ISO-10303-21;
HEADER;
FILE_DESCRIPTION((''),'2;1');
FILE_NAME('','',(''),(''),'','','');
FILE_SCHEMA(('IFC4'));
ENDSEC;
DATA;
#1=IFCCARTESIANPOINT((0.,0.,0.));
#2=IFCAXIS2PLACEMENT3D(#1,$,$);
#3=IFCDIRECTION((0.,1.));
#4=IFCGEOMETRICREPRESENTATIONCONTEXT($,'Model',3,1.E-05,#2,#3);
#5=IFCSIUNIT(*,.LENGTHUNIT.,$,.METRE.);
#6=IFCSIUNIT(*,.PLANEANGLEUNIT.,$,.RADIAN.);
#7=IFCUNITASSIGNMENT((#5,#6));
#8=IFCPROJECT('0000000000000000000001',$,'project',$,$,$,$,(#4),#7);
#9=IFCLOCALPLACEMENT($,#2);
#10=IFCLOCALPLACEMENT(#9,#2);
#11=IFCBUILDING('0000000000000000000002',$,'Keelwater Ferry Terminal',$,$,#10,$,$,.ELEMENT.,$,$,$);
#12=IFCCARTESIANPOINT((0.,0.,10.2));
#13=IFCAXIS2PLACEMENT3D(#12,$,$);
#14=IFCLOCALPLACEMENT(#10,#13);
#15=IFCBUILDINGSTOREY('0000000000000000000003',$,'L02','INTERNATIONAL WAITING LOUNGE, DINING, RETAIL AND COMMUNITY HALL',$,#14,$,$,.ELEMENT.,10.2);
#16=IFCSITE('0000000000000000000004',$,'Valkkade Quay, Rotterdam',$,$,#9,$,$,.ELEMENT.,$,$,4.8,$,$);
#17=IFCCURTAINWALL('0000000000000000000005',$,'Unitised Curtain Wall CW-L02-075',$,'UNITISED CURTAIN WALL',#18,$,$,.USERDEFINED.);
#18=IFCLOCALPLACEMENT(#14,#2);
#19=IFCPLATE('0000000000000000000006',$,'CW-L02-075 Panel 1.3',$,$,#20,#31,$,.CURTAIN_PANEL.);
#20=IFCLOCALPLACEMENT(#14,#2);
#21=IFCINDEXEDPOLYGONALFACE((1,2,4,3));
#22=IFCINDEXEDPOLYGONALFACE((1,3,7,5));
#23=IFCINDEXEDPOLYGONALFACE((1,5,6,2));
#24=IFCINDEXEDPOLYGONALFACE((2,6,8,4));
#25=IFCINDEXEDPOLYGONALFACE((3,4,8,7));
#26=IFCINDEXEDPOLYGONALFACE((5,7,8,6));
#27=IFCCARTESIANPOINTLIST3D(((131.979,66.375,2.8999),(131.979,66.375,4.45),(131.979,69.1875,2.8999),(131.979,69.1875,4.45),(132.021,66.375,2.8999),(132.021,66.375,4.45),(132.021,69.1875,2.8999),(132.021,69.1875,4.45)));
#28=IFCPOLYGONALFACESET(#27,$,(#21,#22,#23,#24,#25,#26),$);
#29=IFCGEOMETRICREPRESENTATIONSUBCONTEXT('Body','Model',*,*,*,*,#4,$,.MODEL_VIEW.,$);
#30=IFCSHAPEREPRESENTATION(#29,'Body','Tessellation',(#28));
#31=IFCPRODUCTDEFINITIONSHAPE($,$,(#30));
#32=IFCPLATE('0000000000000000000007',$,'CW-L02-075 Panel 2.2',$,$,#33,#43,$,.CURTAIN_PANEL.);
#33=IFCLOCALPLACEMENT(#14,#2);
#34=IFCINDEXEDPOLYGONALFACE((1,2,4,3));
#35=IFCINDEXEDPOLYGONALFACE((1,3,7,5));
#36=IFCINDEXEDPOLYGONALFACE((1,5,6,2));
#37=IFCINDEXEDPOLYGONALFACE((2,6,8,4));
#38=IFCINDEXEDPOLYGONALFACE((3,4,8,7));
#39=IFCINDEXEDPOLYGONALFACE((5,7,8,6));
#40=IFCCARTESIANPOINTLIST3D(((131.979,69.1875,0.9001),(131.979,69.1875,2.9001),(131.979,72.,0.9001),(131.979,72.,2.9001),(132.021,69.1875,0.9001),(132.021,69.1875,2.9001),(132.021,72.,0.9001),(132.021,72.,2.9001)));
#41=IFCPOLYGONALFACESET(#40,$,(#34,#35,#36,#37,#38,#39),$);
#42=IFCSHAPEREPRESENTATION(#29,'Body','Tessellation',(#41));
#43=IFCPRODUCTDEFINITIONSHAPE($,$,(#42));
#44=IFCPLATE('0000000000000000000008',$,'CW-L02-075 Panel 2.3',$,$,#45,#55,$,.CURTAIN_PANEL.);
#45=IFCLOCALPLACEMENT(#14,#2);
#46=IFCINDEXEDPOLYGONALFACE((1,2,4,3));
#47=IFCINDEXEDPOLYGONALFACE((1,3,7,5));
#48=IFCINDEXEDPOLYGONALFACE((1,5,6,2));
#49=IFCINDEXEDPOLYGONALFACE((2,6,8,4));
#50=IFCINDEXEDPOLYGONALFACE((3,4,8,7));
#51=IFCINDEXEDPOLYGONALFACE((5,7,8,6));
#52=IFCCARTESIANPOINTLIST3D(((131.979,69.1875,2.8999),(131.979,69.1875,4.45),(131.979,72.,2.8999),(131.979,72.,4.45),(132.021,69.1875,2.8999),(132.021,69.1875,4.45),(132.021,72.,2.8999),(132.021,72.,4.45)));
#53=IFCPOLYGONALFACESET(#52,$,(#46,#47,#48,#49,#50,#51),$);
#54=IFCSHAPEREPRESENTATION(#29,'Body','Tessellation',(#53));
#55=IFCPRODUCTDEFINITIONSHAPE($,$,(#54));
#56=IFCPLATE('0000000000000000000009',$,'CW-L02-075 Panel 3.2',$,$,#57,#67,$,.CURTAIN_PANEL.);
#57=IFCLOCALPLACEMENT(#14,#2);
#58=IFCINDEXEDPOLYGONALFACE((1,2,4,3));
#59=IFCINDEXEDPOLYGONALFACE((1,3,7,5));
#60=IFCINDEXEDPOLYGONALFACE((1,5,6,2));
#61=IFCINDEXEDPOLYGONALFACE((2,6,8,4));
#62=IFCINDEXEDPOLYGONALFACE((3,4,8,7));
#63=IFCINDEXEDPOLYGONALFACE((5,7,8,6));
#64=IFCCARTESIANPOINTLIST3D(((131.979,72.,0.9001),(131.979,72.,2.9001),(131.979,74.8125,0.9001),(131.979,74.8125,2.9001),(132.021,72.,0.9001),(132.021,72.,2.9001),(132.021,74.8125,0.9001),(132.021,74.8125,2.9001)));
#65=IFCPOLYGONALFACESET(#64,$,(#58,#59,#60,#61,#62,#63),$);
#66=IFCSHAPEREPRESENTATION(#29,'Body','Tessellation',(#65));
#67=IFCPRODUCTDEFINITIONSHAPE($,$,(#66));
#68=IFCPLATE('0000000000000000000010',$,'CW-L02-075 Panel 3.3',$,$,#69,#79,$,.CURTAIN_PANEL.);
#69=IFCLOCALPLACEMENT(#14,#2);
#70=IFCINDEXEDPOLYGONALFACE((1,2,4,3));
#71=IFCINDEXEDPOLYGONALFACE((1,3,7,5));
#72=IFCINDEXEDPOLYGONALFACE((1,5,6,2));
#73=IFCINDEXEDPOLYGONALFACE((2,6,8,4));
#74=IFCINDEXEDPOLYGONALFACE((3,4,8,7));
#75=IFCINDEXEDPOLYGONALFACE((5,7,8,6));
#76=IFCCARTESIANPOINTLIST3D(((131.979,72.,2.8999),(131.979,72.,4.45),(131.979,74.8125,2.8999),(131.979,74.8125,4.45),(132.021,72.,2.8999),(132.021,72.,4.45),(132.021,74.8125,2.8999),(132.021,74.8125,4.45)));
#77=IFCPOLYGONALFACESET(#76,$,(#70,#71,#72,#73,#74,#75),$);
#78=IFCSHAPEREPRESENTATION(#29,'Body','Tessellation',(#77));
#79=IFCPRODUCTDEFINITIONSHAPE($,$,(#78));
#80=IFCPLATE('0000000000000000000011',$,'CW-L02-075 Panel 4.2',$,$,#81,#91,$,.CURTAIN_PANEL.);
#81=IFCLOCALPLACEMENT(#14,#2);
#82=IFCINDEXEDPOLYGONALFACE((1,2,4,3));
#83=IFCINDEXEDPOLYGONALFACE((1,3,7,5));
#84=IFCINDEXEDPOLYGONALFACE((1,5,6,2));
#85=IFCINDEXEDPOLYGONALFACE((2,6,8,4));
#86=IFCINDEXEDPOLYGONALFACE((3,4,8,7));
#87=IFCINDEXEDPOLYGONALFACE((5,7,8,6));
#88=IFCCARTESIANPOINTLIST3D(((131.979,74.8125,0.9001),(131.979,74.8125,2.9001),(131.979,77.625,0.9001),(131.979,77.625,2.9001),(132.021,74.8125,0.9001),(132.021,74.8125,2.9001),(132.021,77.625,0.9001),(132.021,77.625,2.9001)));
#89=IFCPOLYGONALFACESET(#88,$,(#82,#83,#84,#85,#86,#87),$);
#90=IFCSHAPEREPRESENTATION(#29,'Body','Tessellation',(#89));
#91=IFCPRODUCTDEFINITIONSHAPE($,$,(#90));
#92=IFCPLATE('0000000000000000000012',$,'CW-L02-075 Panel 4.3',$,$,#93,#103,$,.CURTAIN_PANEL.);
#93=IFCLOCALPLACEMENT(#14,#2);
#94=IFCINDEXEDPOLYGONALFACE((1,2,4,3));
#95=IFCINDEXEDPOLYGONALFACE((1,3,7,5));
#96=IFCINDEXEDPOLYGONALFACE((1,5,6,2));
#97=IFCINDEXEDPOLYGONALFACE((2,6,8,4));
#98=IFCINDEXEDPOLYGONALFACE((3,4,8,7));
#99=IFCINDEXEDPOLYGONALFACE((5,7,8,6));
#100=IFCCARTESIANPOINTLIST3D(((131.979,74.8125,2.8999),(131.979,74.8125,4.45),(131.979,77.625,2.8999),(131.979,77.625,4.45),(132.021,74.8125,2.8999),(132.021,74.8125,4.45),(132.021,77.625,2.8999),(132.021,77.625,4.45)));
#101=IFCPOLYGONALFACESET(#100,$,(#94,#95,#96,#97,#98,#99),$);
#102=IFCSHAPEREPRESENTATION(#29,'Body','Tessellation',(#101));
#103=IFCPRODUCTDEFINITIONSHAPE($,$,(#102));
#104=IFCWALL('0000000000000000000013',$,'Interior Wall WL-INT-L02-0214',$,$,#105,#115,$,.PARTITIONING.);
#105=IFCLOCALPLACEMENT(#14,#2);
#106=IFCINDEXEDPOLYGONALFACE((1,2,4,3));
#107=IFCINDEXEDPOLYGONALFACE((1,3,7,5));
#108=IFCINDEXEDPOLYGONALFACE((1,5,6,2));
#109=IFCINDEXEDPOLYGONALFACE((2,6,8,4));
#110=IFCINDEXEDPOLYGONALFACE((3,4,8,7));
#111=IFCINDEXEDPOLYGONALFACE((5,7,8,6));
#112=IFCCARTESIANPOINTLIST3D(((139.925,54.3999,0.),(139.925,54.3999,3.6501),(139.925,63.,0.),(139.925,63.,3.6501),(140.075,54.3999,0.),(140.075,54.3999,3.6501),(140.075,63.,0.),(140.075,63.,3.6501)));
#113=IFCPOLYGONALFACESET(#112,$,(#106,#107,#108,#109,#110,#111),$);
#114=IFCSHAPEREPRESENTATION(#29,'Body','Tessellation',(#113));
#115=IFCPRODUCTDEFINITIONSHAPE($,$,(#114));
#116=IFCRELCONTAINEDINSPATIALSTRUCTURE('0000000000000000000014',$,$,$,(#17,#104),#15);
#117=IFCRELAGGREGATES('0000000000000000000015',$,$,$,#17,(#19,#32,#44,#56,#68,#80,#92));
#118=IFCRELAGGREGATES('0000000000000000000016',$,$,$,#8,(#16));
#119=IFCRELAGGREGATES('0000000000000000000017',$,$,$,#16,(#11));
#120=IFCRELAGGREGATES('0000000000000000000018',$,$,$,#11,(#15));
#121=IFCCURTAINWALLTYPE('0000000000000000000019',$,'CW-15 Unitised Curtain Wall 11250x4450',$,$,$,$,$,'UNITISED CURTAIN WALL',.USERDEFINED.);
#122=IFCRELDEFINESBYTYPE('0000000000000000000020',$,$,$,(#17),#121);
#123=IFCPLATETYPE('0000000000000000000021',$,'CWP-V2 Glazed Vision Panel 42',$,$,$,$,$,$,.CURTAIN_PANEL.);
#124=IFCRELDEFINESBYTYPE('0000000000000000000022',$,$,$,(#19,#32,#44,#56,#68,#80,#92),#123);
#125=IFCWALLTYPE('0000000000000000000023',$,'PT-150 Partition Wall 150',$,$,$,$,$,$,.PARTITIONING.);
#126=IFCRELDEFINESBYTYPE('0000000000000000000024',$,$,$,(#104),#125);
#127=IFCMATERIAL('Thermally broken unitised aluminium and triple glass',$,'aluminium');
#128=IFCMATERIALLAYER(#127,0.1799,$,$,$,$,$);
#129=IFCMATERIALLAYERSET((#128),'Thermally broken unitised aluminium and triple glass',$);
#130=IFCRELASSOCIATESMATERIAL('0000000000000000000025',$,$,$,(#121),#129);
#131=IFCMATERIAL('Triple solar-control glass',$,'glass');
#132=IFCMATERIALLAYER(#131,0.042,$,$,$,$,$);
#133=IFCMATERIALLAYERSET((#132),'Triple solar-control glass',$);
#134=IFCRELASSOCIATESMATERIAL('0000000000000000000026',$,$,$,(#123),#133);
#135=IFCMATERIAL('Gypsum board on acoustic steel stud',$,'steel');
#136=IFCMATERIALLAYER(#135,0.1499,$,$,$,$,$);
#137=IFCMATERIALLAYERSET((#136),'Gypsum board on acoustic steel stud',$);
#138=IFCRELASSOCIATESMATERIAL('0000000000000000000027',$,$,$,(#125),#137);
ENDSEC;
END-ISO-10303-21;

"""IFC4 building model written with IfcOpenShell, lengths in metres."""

from ifc_helpers import new_model, si_unit, direction, frame, frame_2d, origin, origin_2d, place, context, subcontext, project, spatial, rectangle, extrude, material, layer, layer_set, type_object, element, aggregate, save


model = new_model("IFC4")

# Units and contexts
model_context = context("Model", 3, precision=1e-05, world=origin(), true_north=direction((0.0, 1.0)))
body_context = subcontext(model_context, "Body", "Model", "MODEL_VIEW")
ifc_project = project(units=[si_unit("LENGTHUNIT", "METRE"), si_unit("PLANEANGLEUNIT", "RADIAN")], contexts=[model_context])

# Site, building, storey
site_placement = place(None, origin())
site = spatial("IfcSite", under=ifc_project, at=site_placement, Name="Valkkade Quay, Rotterdam", CompositionType="ELEMENT", RefElevation=4.8)
building_placement = place(site_placement, origin())
building = spatial("IfcBuilding", under=site, at=building_placement, Name="Keelwater Ferry Terminal", CompositionType="ELEMENT")
storey_placement = place(building_placement, frame((0.0, 0.0, 10.2)))
storey = spatial("IfcBuildingStorey", under=building, at=storey_placement, Name="L02", Description="INTERNATIONAL WAITING LOUNGE, DINING, RETAIL AND COMMUNITY HALL", CompositionType="ELEMENT", Elevation=10.2)

# Curtain wall
ifc_material_1 = material(Name="Thermally broken unitised aluminium and triple glass", Category="aluminium")
ifc_layer_1 = layer(ifc_material_1, 0.1799)
ifc_layer_set_1 = layer_set([ifc_layer_1], Name="Thermally broken unitised aluminium and triple glass")
curtain_wall_type = type_object("IfcCurtainWallType", Name="CW-15 Unitised Curtain Wall 11250x4450", ElementType="UNITISED CURTAIN WALL", PredefinedType="USERDEFINED", material=ifc_layer_set_1)
curtain_wall_placement = place(storey_placement, origin())
curtain_wall = element("IfcCurtainWall", 1, at=curtain_wall_placement, inside=storey, type_object=curtain_wall_type, Name="Unitised Curtain Wall CW-L02-075", ObjectType="UNITISED CURTAIN WALL", PredefinedType="USERDEFINED")

# Plates
ifc_material_2 = material(Name="Triple solar-control glass", Category="glass")
ifc_layer_2 = layer(ifc_material_2, 0.042)
ifc_layer_set_2 = layer_set([ifc_layer_2], Name="Triple solar-control glass")
plate_type_1 = type_object("IfcPlateType", Name="CWP-V2 Glazed Vision Panel 42", PredefinedType="CURTAIN_PANEL", material=ifc_layer_set_2)
plate_1_placement = place(storey_placement, frame((132.0, 67.7812, 2.8999), z_axis=(0.0, 0.0, 1.0), x_axis=(0.0, 1.0, 0.0)))
plate_1 = element("IfcPlate", 2, at=plate_1_placement, type_object=plate_type_1, Name="CW-L02-075 Panel 1.3", PredefinedType="CURTAIN_PANEL", context=body_context, shape_type="SweptSolid", body=[
    extrude(rectangle(XDim=2.8125, YDim=0.042, at=origin_2d()), origin(), (0.0, 0.0, 1.0), 1.55),
])
plate_2_placement = place(storey_placement, frame((132.0, 70.5938, 0.9001), z_axis=(0.0, 0.0, 1.0), x_axis=(0.0, 1.0, 0.0)))
plate_2 = element("IfcPlate", 3, at=plate_2_placement, type_object=plate_type_1, Name="CW-L02-075 Panel 2.2", PredefinedType="CURTAIN_PANEL", context=body_context, shape_type="SweptSolid", body=[
    extrude(rectangle(XDim=2.8125, YDim=0.042, at=origin_2d()), origin(), (0.0, 0.0, 1.0), 2.0),
])
plate_3_placement = place(storey_placement, frame((132.0, 70.5938, 2.8999), z_axis=(0.0, 0.0, 1.0), x_axis=(0.0, 1.0, 0.0)))
plate_3 = element("IfcPlate", 4, at=plate_3_placement, type_object=plate_type_1, Name="CW-L02-075 Panel 2.3", PredefinedType="CURTAIN_PANEL", context=body_context, shape_type="SweptSolid", body=[
    extrude(rectangle(XDim=2.8125, YDim=0.042, at=origin_2d()), origin(), (0.0, 0.0, 1.0), 1.55),
])
plate_4_placement = place(storey_placement, frame((132.0, 73.4062, 0.9001), z_axis=(0.0, 0.0, 1.0), x_axis=(0.0, 1.0, 0.0)))
plate_4 = element("IfcPlate", 5, at=plate_4_placement, type_object=plate_type_1, Name="CW-L02-075 Panel 3.2", PredefinedType="CURTAIN_PANEL", context=body_context, shape_type="SweptSolid", body=[
    extrude(rectangle(XDim=2.8125, YDim=0.042, at=origin_2d()), origin(), (0.0, 0.0, 1.0), 2.0),
])
plate_5_placement = place(storey_placement, frame((132.0, 73.4062, 2.8999), z_axis=(0.0, 0.0, 1.0), x_axis=(0.0, 1.0, 0.0)))
plate_5 = element("IfcPlate", 6, at=plate_5_placement, type_object=plate_type_1, Name="CW-L02-075 Panel 3.3", PredefinedType="CURTAIN_PANEL", context=body_context, shape_type="SweptSolid", body=[
    extrude(rectangle(XDim=2.8125, YDim=0.042, at=origin_2d()), origin(), (0.0, 0.0, 1.0), 1.55),
])
plate_6_placement = place(storey_placement, frame((132.0, 76.2188, 0.9001), z_axis=(0.0, 0.0, 1.0), x_axis=(0.0, 1.0, 0.0)))
plate_6 = element("IfcPlate", 7, at=plate_6_placement, type_object=plate_type_1, Name="CW-L02-075 Panel 4.2", PredefinedType="CURTAIN_PANEL", context=body_context, shape_type="SweptSolid", body=[
    extrude(rectangle(XDim=2.8125, YDim=0.042, at=origin_2d()), origin(), (0.0, 0.0, 1.0), 2.0),
])
plate_7_placement = place(storey_placement, frame((132.0, 76.2188, 2.8999), z_axis=(0.0, 0.0, 1.0), x_axis=(0.0, 1.0, 0.0)))
plate_7 = element("IfcPlate", 8, at=plate_7_placement, type_object=plate_type_1, Name="CW-L02-075 Panel 4.3", PredefinedType="CURTAIN_PANEL", context=body_context, shape_type="SweptSolid", body=[
    extrude(rectangle(XDim=2.8125, YDim=0.042, at=origin_2d()), origin(), (0.0, 0.0, 1.0), 1.55),
])
aggregate(curtain_wall, [plate_1, plate_2, plate_3, plate_4, plate_5, plate_6, plate_7])

# Wall
ifc_material_3 = material(Name="Gypsum board on acoustic steel stud", Category="steel")
ifc_layer_3 = layer(ifc_material_3, 0.1499)
ifc_layer_set_3 = layer_set([ifc_layer_3], Name="Gypsum board on acoustic steel stud")
wall_type = type_object("IfcWallType", Name="PT-150 Partition Wall 150", PredefinedType="PARTITIONING", material=ifc_layer_set_3)
wall_placement = place(storey_placement, frame((140.0, 54.3999, 0.0), z_axis=(0.0, 0.0, 1.0), x_axis=(0.0, 1.0, 0.0)))
element("IfcWall", 9, at=wall_placement, inside=storey, type_object=wall_type, Name="Interior Wall WL-INT-L02-0214", PredefinedType="PARTITIONING", context=body_context, shape_type="SweptSolid", body=[
    extrude(rectangle(XDim=8.6001, YDim=0.1499, at=frame_2d((4.3, 0.0))), origin(), (0.0, 0.0, 1.0), 3.6501),
])

save(model, "model.ifc")
